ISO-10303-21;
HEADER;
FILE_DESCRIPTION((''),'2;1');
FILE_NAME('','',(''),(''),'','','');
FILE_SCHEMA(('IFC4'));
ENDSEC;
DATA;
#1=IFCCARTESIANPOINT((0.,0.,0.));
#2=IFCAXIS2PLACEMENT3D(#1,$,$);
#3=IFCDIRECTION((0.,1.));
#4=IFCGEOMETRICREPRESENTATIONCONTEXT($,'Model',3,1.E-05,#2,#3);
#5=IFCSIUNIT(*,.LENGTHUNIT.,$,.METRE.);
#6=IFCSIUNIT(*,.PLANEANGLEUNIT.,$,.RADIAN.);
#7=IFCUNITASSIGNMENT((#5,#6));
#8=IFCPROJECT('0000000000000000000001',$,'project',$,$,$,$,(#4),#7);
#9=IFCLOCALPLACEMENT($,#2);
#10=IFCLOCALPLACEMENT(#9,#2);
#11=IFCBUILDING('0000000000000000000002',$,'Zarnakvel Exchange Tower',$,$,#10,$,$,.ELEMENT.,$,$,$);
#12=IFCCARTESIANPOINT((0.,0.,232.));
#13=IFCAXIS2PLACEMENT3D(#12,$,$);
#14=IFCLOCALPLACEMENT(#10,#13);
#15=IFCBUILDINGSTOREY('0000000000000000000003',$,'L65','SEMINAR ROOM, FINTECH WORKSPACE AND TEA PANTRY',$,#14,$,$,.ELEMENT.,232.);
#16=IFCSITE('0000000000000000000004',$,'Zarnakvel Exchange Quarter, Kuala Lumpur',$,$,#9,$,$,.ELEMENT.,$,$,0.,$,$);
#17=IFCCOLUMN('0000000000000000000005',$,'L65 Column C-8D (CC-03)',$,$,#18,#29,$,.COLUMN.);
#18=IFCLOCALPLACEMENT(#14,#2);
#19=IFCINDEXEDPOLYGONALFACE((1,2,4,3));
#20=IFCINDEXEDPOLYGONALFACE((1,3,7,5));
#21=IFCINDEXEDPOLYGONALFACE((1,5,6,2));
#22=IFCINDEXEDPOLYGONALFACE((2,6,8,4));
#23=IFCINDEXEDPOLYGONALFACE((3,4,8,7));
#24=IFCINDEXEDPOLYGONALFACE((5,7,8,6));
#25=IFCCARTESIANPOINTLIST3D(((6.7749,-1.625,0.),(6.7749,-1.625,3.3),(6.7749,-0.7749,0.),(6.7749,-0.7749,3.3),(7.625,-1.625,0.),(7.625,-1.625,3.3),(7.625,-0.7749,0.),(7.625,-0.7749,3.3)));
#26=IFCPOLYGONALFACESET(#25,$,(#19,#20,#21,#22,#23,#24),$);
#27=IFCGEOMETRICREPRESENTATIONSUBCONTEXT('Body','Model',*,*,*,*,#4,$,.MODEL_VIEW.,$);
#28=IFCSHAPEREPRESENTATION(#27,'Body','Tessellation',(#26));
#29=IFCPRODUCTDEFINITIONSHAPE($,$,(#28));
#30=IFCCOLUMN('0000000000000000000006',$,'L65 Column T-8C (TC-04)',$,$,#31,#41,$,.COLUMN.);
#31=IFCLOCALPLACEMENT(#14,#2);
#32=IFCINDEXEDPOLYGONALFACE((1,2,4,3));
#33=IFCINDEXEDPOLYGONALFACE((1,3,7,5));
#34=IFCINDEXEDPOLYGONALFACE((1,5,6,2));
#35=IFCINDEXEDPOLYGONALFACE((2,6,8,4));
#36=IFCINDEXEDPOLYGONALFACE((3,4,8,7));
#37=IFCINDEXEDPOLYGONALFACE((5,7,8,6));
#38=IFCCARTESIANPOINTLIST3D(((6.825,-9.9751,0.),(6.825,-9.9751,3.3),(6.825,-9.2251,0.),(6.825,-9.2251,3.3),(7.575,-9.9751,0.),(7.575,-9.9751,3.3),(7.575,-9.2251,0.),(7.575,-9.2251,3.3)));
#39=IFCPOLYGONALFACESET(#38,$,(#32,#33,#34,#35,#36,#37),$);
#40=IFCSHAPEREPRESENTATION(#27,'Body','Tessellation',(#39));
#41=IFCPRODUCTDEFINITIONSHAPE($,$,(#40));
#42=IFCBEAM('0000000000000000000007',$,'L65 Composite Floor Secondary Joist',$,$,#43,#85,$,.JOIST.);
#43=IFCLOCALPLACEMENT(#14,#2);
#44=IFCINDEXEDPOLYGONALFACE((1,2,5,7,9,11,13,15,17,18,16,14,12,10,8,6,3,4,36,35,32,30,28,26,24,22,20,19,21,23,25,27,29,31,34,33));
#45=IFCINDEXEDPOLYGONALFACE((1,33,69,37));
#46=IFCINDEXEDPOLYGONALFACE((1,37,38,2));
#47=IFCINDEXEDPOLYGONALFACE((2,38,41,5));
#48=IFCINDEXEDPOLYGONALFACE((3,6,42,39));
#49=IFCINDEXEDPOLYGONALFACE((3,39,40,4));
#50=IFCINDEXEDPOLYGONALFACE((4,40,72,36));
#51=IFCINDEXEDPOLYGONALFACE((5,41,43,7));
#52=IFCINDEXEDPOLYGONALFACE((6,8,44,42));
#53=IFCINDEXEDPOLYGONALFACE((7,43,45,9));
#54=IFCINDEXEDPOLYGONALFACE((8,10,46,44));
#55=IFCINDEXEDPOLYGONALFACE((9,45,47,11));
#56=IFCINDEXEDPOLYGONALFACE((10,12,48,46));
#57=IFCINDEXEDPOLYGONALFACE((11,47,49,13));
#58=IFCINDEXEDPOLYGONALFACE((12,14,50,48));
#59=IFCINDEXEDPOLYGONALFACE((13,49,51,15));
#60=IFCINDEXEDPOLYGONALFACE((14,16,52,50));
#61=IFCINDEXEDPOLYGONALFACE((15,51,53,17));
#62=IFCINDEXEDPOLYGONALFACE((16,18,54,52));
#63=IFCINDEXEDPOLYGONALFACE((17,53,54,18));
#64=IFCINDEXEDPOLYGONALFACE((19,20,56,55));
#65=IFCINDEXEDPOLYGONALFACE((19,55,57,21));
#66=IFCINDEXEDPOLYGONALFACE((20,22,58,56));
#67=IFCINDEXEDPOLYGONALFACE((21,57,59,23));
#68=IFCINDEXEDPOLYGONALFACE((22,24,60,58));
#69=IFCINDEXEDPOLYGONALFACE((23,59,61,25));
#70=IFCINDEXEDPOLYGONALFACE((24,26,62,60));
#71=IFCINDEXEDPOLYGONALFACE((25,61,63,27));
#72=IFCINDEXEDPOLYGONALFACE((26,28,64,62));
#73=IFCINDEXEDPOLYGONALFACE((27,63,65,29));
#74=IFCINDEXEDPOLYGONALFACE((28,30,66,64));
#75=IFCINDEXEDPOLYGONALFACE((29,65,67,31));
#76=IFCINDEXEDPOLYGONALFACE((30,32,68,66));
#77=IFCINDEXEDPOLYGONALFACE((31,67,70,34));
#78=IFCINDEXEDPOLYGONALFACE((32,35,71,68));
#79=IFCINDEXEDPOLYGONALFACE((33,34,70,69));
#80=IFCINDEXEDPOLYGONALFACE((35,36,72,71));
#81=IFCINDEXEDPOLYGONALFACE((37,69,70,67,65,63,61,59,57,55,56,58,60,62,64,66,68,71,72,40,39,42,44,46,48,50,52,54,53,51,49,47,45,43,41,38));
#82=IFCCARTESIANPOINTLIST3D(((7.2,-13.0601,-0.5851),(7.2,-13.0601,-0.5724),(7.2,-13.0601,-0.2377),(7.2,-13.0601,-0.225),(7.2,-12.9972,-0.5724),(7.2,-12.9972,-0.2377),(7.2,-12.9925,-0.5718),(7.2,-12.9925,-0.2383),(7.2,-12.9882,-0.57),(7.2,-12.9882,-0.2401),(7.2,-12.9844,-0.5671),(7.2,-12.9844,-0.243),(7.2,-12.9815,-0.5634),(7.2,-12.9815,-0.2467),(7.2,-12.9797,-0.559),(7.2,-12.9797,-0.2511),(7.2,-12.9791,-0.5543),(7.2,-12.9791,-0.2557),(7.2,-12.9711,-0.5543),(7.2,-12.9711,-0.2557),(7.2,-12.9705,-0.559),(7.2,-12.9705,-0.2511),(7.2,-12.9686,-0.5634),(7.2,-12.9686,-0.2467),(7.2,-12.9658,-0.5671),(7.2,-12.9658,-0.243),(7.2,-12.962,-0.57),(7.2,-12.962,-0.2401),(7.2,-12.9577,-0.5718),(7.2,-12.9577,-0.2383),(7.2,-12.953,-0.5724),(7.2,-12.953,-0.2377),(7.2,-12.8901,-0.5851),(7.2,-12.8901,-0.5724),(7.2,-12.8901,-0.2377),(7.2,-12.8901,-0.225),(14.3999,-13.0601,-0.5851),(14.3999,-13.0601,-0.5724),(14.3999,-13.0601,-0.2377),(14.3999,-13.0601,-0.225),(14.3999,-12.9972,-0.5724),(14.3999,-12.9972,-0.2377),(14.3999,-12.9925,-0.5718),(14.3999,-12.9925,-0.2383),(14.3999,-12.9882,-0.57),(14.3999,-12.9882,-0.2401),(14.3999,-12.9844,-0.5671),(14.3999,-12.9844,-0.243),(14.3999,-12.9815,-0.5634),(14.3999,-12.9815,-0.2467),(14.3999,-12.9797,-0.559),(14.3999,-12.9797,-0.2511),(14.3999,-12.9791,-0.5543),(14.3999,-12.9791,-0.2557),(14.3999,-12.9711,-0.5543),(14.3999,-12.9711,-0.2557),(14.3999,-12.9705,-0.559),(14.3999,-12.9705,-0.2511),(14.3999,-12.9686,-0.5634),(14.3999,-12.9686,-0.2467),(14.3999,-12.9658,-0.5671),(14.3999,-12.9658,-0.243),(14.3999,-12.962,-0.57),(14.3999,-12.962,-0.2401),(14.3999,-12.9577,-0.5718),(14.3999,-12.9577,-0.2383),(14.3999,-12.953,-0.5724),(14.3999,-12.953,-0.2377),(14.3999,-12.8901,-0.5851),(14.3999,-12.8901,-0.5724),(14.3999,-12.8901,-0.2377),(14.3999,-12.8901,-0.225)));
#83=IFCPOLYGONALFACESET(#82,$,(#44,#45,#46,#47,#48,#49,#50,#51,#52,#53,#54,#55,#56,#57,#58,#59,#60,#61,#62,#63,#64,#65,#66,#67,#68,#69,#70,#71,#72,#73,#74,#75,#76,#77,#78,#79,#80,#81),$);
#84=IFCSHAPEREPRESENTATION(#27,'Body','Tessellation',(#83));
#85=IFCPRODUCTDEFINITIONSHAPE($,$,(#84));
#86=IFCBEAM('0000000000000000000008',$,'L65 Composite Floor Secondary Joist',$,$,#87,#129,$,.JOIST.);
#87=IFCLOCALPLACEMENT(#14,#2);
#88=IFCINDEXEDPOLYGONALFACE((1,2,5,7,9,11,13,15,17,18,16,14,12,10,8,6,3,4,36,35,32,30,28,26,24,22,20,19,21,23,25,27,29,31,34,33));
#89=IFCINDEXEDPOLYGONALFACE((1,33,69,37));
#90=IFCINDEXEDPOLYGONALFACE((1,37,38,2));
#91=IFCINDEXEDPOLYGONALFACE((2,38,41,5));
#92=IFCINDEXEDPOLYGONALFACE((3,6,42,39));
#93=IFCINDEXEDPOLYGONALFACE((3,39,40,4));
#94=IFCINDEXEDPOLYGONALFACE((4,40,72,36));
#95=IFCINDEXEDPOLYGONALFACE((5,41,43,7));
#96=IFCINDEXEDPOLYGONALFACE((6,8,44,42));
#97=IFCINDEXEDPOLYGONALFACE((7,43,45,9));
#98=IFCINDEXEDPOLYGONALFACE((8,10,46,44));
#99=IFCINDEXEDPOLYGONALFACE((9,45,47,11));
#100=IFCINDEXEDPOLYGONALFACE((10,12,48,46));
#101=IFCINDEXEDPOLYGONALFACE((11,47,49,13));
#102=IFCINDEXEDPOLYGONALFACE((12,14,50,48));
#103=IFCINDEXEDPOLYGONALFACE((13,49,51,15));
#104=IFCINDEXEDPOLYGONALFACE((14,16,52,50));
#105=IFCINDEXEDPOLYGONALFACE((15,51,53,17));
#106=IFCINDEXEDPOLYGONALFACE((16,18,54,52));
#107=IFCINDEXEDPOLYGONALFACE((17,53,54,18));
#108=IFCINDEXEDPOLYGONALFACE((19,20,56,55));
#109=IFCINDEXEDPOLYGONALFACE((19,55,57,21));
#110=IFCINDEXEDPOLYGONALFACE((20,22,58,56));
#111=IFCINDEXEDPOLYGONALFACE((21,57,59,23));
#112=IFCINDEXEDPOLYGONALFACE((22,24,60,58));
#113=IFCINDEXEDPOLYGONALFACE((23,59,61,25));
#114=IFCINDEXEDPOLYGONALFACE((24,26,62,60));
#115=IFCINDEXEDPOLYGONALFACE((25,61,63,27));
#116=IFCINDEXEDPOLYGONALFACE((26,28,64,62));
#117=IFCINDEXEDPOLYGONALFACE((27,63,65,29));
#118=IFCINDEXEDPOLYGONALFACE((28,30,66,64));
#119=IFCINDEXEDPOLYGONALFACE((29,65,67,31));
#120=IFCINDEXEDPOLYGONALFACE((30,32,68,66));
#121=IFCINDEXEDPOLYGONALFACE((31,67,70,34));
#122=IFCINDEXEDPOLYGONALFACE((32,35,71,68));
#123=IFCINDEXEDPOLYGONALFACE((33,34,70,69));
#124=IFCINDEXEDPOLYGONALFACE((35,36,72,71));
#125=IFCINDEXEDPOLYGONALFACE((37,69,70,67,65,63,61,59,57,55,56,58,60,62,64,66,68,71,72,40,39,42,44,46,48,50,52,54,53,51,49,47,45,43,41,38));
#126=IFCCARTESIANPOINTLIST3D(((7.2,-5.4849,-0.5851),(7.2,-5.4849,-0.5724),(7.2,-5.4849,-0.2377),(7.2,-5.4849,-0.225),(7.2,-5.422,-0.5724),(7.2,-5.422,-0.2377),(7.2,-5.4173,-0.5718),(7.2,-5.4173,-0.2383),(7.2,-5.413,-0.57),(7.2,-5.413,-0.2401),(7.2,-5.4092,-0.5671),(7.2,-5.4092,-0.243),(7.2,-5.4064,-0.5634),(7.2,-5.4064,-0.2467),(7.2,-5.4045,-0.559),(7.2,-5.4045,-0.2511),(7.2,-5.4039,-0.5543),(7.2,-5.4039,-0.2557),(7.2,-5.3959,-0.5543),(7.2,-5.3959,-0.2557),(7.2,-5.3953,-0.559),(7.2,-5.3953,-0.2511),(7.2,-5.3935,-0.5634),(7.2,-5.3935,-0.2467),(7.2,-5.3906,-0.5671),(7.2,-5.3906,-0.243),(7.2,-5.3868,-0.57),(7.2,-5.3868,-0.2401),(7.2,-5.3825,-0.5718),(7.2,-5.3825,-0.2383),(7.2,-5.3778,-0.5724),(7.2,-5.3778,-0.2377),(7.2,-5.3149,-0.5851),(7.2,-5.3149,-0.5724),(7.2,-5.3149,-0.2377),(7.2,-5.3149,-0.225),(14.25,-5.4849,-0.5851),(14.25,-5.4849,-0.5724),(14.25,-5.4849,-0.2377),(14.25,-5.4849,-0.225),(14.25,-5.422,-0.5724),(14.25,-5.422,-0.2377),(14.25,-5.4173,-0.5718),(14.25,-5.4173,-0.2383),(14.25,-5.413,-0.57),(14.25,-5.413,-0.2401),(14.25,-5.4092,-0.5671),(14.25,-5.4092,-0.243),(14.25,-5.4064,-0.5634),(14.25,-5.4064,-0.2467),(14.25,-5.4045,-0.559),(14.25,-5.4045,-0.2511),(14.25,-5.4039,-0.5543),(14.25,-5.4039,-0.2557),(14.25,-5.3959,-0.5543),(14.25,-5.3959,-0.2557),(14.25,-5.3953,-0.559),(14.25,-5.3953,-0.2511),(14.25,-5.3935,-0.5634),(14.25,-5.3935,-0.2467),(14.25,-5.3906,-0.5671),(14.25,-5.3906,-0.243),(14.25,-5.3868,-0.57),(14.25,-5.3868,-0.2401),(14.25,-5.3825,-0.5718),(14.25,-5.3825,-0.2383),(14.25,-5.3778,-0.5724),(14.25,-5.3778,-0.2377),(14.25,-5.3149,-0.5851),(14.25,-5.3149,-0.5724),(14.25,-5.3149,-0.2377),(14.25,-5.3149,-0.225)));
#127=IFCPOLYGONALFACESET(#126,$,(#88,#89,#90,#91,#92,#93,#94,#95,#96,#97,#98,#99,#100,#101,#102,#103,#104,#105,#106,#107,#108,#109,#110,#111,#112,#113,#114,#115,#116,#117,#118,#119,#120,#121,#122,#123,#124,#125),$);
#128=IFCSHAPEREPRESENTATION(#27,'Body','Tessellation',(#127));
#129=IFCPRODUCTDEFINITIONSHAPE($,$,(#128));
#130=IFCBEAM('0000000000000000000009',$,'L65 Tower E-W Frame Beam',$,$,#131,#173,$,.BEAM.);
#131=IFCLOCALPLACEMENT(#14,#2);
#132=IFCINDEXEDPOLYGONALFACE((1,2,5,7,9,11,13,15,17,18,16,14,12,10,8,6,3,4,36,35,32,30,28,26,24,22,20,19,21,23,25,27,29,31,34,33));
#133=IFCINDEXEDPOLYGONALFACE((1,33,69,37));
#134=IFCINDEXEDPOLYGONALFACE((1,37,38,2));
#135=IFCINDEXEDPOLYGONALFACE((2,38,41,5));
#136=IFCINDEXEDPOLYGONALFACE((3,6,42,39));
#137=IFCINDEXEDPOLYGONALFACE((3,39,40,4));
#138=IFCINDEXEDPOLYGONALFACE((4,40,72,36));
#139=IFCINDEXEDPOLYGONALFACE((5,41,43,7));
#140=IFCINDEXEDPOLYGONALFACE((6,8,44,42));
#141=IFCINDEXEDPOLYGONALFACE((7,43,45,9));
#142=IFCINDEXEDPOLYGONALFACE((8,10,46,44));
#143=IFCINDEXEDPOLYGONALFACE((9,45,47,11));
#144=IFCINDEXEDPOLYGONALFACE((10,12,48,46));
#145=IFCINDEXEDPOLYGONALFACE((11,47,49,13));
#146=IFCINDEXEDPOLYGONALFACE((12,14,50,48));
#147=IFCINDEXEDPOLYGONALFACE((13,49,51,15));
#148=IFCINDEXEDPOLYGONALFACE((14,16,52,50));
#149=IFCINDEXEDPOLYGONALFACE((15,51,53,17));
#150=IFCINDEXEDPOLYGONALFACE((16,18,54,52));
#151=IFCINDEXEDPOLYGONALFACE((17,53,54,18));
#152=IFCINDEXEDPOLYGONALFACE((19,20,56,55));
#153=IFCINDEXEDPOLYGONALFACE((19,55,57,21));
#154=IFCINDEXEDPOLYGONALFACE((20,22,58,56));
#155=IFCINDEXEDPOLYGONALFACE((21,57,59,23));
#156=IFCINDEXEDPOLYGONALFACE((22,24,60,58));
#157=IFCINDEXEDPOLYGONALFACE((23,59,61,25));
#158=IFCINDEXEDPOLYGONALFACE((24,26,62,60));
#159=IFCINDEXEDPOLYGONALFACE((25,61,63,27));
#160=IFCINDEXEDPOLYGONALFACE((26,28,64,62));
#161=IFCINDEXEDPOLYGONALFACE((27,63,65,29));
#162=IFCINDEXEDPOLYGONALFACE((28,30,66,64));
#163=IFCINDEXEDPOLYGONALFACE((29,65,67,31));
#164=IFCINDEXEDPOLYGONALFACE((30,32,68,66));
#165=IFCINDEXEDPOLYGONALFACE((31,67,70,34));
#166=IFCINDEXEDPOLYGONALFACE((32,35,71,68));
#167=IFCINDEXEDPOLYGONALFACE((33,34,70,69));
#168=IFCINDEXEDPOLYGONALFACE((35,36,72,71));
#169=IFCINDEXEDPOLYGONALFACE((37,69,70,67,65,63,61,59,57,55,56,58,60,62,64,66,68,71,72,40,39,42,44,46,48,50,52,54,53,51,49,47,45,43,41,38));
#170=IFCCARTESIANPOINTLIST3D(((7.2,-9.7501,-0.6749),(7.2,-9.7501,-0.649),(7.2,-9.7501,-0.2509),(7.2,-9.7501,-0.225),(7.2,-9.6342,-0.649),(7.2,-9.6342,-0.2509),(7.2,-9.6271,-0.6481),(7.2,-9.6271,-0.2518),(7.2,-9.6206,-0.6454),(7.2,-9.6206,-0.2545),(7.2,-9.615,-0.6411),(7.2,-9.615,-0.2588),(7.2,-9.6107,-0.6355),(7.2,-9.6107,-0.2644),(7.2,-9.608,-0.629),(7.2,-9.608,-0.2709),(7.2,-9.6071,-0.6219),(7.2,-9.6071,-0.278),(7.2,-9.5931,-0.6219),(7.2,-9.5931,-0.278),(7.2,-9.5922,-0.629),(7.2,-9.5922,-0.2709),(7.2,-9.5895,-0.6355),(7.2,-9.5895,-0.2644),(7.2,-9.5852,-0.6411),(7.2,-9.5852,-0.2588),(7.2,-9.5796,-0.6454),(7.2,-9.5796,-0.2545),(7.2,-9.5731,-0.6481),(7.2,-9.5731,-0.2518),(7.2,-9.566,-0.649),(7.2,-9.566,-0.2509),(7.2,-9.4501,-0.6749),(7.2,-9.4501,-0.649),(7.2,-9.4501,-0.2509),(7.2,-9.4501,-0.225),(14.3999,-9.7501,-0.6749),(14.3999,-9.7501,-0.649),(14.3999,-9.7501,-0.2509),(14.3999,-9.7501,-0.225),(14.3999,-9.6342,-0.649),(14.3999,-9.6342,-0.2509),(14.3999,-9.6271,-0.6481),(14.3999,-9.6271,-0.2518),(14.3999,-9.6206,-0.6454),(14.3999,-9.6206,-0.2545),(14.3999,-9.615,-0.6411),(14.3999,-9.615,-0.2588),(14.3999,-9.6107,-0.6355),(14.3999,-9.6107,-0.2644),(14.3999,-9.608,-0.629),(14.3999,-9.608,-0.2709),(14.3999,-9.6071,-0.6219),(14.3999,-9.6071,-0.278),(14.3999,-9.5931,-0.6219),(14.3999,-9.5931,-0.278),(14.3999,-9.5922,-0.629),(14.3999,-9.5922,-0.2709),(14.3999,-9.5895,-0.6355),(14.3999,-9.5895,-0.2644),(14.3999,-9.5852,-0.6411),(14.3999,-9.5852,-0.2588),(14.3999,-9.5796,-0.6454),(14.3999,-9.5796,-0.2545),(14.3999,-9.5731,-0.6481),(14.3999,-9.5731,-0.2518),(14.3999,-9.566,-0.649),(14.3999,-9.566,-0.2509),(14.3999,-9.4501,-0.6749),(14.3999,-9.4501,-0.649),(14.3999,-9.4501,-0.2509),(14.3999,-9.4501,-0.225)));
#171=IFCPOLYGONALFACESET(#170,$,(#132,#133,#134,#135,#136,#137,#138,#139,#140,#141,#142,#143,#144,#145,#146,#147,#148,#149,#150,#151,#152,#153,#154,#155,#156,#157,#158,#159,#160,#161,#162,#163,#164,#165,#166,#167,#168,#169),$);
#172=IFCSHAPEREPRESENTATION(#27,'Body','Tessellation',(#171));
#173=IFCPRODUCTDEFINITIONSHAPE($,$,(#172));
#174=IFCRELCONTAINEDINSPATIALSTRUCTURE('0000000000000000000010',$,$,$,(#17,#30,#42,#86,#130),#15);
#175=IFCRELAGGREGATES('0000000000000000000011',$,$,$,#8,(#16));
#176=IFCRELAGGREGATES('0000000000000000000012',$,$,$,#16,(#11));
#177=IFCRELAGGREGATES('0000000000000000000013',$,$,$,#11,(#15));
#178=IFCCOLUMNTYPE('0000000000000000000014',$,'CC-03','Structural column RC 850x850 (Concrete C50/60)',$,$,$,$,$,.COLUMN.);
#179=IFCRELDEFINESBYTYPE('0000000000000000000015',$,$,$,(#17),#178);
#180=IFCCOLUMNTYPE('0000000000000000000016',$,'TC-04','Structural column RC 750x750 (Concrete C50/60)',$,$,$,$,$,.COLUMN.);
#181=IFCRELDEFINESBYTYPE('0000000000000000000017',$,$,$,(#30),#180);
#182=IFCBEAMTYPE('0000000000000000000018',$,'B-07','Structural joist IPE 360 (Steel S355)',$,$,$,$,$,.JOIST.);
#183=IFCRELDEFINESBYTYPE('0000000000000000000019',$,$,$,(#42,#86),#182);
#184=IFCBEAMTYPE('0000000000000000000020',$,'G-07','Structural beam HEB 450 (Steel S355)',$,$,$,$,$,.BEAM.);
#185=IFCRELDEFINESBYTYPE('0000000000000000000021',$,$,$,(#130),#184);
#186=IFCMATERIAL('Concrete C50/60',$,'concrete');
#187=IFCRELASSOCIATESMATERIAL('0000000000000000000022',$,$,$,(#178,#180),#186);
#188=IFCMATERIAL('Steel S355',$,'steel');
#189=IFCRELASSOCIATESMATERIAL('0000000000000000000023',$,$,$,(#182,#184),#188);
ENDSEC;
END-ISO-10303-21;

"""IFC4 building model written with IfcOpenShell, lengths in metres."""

from ifc_helpers import new_model, si_unit, direction, frame, origin, origin_2d, place, context, subcontext, project, spatial, rectangle, i_section, extrude, material, material_profile, profile_set, type_object, element, save


model = new_model("IFC4")

# Units and contexts
model_context = context("Model", 3, precision=1e-05, world=origin(), true_north=direction((0.0, 1.0)))
body_context = subcontext(model_context, "Body", "Model", "MODEL_VIEW")
ifc_project = project(units=[si_unit("LENGTHUNIT", "METRE"), si_unit("PLANEANGLEUNIT", "RADIAN")], contexts=[model_context])

# Site, building, storey
site_placement = place(None, origin())
site = spatial("IfcSite", under=ifc_project, at=site_placement, Name="Zarnakvel Exchange Quarter, Kuala Lumpur", CompositionType="ELEMENT", RefElevation=0.0)
building_placement = place(site_placement, origin())
building = spatial("IfcBuilding", under=site, at=building_placement, Name="Zarnakvel Exchange Tower", CompositionType="ELEMENT")
storey_placement = place(building_placement, frame((0.0, 0.0, 232.0)))
storey = spatial("IfcBuildingStorey", under=building, at=storey_placement, Name="L65", Description="SEMINAR ROOM, FINTECH WORKSPACE AND TEA PANTRY", CompositionType="ELEMENT", Elevation=232.0)

# Columns
ifc_material_1 = material(Name="Concrete C50/60", Category="concrete")
ifc_material_profile_1 = material_profile(ifc_material_1, rectangle(XDim=0.8501, YDim=0.8501, at=origin_2d()))
ifc_profile_set_1 = profile_set([ifc_material_profile_1], Name="Concrete C50/60")
column_type_1 = type_object("IfcColumnType", Name="CC-03", Description="Structural column RC 850x850 (Concrete C50/60)", PredefinedType="COLUMN", material=ifc_profile_set_1)
column_1_placement = place(storey_placement, frame((7.2, -1.2, 0.0), z_axis=(0.0, 0.0, 1.0), x_axis=(1.0, 0.0, 0.0)))
element("IfcColumn", 1, at=column_1_placement, inside=storey, type_object=column_type_1, Name="L65 Column C-8D (CC-03)", PredefinedType="COLUMN", context=body_context, shape_type="SweptSolid", body=[
    extrude(rectangle(XDim=0.8501, YDim=0.8501, at=origin_2d()), origin(), (0.0, 0.0, 1.0), 3.3),
])
ifc_material_profile_2 = material_profile(ifc_material_1, rectangle(XDim=0.75, YDim=0.75, at=origin_2d()))
ifc_profile_set_2 = profile_set([ifc_material_profile_2], Name="Concrete C50/60")
column_type_2 = type_object("IfcColumnType", Name="TC-04", Description="Structural column RC 750x750 (Concrete C50/60)", PredefinedType="COLUMN", material=ifc_profile_set_2)
column_2_placement = place(storey_placement, frame((7.2, -9.6001, 0.0), z_axis=(0.0, 0.0, 1.0), x_axis=(1.0, 0.0, 0.0)))
element("IfcColumn", 2, at=column_2_placement, inside=storey, type_object=column_type_2, Name="L65 Column T-8C (TC-04)", PredefinedType="COLUMN", context=body_context, shape_type="SweptSolid", body=[
    extrude(rectangle(XDim=0.75, YDim=0.75, at=origin_2d()), origin(), (0.0, 0.0, 1.0), 3.3),
])

# Beams
ifc_material_2 = material(Name="Steel S355", Category="steel")
ifc_material_profile_3 = material_profile(ifc_material_2, i_section(OverallWidth=0.1699, OverallDepth=0.3601, WebThickness=0.0081, FlangeThickness=0.0127, FilletRadius=0.0181, at=origin_2d()))
ifc_profile_set_3 = profile_set([ifc_material_profile_3], Name="Steel S355")
beam_type_1 = type_object("IfcBeamType", Name="B-07", Description="Structural joist IPE 360 (Steel S355)", PredefinedType="JOIST", material=ifc_profile_set_3)
beam_1_placement = place(storey_placement, frame((7.2, -12.9751, -0.405), z_axis=(1.0, 0.0, 0.0), x_axis=(0.0, 1.0, 0.0)))
element("IfcBeam", 3, at=beam_1_placement, inside=storey, type_object=beam_type_1, Name="L65 Composite Floor Secondary Joist", PredefinedType="JOIST", context=body_context, shape_type="SweptSolid", body=[
    extrude(i_section(OverallWidth=0.1699, OverallDepth=0.3601, WebThickness=0.0081, FlangeThickness=0.0127, FilletRadius=0.0181, at=origin_2d()), origin(), (0.0, 0.0, 1.0), 7.2),
])
beam_2_placement = place(storey_placement, frame((7.2, -5.3999, -0.405), z_axis=(1.0, 0.0, 0.0), x_axis=(0.0, 1.0, 0.0)))
element("IfcBeam", 4, at=beam_2_placement, inside=storey, type_object=beam_type_1, Name="L65 Composite Floor Secondary Joist", PredefinedType="JOIST", context=body_context, shape_type="SweptSolid", body=[
    extrude(i_section(OverallWidth=0.1699, OverallDepth=0.3601, WebThickness=0.0081, FlangeThickness=0.0127, FilletRadius=0.0181, at=origin_2d()), origin(), (0.0, 0.0, 1.0), 7.05),
])
ifc_material_profile_4 = material_profile(ifc_material_2, i_section(OverallWidth=0.3, OverallDepth=0.45, WebThickness=0.0139, FlangeThickness=0.0259, FilletRadius=0.0271, at=origin_2d()))
ifc_profile_set_4 = profile_set([ifc_material_profile_4], Name="Steel S355")
beam_type_2 = type_object("IfcBeamType", Name="G-07", Description="Structural beam HEB 450 (Steel S355)", PredefinedType="BEAM", material=ifc_profile_set_4)
beam_3_placement = place(storey_placement, frame((7.2, -9.6001, -0.45), z_axis=(1.0, 0.0, 0.0), x_axis=(0.0, 1.0, 0.0)))
element("IfcBeam", 5, at=beam_3_placement, inside=storey, type_object=beam_type_2, Name="L65 Tower E-W Frame Beam", PredefinedType="BEAM", context=body_context, shape_type="SweptSolid", body=[
    extrude(i_section(OverallWidth=0.3, OverallDepth=0.45, WebThickness=0.0139, FlangeThickness=0.0259, FilletRadius=0.0271, at=origin_2d()), origin(), (0.0, 0.0, 1.0), 7.2),
])

save(model, "model.ifc")
